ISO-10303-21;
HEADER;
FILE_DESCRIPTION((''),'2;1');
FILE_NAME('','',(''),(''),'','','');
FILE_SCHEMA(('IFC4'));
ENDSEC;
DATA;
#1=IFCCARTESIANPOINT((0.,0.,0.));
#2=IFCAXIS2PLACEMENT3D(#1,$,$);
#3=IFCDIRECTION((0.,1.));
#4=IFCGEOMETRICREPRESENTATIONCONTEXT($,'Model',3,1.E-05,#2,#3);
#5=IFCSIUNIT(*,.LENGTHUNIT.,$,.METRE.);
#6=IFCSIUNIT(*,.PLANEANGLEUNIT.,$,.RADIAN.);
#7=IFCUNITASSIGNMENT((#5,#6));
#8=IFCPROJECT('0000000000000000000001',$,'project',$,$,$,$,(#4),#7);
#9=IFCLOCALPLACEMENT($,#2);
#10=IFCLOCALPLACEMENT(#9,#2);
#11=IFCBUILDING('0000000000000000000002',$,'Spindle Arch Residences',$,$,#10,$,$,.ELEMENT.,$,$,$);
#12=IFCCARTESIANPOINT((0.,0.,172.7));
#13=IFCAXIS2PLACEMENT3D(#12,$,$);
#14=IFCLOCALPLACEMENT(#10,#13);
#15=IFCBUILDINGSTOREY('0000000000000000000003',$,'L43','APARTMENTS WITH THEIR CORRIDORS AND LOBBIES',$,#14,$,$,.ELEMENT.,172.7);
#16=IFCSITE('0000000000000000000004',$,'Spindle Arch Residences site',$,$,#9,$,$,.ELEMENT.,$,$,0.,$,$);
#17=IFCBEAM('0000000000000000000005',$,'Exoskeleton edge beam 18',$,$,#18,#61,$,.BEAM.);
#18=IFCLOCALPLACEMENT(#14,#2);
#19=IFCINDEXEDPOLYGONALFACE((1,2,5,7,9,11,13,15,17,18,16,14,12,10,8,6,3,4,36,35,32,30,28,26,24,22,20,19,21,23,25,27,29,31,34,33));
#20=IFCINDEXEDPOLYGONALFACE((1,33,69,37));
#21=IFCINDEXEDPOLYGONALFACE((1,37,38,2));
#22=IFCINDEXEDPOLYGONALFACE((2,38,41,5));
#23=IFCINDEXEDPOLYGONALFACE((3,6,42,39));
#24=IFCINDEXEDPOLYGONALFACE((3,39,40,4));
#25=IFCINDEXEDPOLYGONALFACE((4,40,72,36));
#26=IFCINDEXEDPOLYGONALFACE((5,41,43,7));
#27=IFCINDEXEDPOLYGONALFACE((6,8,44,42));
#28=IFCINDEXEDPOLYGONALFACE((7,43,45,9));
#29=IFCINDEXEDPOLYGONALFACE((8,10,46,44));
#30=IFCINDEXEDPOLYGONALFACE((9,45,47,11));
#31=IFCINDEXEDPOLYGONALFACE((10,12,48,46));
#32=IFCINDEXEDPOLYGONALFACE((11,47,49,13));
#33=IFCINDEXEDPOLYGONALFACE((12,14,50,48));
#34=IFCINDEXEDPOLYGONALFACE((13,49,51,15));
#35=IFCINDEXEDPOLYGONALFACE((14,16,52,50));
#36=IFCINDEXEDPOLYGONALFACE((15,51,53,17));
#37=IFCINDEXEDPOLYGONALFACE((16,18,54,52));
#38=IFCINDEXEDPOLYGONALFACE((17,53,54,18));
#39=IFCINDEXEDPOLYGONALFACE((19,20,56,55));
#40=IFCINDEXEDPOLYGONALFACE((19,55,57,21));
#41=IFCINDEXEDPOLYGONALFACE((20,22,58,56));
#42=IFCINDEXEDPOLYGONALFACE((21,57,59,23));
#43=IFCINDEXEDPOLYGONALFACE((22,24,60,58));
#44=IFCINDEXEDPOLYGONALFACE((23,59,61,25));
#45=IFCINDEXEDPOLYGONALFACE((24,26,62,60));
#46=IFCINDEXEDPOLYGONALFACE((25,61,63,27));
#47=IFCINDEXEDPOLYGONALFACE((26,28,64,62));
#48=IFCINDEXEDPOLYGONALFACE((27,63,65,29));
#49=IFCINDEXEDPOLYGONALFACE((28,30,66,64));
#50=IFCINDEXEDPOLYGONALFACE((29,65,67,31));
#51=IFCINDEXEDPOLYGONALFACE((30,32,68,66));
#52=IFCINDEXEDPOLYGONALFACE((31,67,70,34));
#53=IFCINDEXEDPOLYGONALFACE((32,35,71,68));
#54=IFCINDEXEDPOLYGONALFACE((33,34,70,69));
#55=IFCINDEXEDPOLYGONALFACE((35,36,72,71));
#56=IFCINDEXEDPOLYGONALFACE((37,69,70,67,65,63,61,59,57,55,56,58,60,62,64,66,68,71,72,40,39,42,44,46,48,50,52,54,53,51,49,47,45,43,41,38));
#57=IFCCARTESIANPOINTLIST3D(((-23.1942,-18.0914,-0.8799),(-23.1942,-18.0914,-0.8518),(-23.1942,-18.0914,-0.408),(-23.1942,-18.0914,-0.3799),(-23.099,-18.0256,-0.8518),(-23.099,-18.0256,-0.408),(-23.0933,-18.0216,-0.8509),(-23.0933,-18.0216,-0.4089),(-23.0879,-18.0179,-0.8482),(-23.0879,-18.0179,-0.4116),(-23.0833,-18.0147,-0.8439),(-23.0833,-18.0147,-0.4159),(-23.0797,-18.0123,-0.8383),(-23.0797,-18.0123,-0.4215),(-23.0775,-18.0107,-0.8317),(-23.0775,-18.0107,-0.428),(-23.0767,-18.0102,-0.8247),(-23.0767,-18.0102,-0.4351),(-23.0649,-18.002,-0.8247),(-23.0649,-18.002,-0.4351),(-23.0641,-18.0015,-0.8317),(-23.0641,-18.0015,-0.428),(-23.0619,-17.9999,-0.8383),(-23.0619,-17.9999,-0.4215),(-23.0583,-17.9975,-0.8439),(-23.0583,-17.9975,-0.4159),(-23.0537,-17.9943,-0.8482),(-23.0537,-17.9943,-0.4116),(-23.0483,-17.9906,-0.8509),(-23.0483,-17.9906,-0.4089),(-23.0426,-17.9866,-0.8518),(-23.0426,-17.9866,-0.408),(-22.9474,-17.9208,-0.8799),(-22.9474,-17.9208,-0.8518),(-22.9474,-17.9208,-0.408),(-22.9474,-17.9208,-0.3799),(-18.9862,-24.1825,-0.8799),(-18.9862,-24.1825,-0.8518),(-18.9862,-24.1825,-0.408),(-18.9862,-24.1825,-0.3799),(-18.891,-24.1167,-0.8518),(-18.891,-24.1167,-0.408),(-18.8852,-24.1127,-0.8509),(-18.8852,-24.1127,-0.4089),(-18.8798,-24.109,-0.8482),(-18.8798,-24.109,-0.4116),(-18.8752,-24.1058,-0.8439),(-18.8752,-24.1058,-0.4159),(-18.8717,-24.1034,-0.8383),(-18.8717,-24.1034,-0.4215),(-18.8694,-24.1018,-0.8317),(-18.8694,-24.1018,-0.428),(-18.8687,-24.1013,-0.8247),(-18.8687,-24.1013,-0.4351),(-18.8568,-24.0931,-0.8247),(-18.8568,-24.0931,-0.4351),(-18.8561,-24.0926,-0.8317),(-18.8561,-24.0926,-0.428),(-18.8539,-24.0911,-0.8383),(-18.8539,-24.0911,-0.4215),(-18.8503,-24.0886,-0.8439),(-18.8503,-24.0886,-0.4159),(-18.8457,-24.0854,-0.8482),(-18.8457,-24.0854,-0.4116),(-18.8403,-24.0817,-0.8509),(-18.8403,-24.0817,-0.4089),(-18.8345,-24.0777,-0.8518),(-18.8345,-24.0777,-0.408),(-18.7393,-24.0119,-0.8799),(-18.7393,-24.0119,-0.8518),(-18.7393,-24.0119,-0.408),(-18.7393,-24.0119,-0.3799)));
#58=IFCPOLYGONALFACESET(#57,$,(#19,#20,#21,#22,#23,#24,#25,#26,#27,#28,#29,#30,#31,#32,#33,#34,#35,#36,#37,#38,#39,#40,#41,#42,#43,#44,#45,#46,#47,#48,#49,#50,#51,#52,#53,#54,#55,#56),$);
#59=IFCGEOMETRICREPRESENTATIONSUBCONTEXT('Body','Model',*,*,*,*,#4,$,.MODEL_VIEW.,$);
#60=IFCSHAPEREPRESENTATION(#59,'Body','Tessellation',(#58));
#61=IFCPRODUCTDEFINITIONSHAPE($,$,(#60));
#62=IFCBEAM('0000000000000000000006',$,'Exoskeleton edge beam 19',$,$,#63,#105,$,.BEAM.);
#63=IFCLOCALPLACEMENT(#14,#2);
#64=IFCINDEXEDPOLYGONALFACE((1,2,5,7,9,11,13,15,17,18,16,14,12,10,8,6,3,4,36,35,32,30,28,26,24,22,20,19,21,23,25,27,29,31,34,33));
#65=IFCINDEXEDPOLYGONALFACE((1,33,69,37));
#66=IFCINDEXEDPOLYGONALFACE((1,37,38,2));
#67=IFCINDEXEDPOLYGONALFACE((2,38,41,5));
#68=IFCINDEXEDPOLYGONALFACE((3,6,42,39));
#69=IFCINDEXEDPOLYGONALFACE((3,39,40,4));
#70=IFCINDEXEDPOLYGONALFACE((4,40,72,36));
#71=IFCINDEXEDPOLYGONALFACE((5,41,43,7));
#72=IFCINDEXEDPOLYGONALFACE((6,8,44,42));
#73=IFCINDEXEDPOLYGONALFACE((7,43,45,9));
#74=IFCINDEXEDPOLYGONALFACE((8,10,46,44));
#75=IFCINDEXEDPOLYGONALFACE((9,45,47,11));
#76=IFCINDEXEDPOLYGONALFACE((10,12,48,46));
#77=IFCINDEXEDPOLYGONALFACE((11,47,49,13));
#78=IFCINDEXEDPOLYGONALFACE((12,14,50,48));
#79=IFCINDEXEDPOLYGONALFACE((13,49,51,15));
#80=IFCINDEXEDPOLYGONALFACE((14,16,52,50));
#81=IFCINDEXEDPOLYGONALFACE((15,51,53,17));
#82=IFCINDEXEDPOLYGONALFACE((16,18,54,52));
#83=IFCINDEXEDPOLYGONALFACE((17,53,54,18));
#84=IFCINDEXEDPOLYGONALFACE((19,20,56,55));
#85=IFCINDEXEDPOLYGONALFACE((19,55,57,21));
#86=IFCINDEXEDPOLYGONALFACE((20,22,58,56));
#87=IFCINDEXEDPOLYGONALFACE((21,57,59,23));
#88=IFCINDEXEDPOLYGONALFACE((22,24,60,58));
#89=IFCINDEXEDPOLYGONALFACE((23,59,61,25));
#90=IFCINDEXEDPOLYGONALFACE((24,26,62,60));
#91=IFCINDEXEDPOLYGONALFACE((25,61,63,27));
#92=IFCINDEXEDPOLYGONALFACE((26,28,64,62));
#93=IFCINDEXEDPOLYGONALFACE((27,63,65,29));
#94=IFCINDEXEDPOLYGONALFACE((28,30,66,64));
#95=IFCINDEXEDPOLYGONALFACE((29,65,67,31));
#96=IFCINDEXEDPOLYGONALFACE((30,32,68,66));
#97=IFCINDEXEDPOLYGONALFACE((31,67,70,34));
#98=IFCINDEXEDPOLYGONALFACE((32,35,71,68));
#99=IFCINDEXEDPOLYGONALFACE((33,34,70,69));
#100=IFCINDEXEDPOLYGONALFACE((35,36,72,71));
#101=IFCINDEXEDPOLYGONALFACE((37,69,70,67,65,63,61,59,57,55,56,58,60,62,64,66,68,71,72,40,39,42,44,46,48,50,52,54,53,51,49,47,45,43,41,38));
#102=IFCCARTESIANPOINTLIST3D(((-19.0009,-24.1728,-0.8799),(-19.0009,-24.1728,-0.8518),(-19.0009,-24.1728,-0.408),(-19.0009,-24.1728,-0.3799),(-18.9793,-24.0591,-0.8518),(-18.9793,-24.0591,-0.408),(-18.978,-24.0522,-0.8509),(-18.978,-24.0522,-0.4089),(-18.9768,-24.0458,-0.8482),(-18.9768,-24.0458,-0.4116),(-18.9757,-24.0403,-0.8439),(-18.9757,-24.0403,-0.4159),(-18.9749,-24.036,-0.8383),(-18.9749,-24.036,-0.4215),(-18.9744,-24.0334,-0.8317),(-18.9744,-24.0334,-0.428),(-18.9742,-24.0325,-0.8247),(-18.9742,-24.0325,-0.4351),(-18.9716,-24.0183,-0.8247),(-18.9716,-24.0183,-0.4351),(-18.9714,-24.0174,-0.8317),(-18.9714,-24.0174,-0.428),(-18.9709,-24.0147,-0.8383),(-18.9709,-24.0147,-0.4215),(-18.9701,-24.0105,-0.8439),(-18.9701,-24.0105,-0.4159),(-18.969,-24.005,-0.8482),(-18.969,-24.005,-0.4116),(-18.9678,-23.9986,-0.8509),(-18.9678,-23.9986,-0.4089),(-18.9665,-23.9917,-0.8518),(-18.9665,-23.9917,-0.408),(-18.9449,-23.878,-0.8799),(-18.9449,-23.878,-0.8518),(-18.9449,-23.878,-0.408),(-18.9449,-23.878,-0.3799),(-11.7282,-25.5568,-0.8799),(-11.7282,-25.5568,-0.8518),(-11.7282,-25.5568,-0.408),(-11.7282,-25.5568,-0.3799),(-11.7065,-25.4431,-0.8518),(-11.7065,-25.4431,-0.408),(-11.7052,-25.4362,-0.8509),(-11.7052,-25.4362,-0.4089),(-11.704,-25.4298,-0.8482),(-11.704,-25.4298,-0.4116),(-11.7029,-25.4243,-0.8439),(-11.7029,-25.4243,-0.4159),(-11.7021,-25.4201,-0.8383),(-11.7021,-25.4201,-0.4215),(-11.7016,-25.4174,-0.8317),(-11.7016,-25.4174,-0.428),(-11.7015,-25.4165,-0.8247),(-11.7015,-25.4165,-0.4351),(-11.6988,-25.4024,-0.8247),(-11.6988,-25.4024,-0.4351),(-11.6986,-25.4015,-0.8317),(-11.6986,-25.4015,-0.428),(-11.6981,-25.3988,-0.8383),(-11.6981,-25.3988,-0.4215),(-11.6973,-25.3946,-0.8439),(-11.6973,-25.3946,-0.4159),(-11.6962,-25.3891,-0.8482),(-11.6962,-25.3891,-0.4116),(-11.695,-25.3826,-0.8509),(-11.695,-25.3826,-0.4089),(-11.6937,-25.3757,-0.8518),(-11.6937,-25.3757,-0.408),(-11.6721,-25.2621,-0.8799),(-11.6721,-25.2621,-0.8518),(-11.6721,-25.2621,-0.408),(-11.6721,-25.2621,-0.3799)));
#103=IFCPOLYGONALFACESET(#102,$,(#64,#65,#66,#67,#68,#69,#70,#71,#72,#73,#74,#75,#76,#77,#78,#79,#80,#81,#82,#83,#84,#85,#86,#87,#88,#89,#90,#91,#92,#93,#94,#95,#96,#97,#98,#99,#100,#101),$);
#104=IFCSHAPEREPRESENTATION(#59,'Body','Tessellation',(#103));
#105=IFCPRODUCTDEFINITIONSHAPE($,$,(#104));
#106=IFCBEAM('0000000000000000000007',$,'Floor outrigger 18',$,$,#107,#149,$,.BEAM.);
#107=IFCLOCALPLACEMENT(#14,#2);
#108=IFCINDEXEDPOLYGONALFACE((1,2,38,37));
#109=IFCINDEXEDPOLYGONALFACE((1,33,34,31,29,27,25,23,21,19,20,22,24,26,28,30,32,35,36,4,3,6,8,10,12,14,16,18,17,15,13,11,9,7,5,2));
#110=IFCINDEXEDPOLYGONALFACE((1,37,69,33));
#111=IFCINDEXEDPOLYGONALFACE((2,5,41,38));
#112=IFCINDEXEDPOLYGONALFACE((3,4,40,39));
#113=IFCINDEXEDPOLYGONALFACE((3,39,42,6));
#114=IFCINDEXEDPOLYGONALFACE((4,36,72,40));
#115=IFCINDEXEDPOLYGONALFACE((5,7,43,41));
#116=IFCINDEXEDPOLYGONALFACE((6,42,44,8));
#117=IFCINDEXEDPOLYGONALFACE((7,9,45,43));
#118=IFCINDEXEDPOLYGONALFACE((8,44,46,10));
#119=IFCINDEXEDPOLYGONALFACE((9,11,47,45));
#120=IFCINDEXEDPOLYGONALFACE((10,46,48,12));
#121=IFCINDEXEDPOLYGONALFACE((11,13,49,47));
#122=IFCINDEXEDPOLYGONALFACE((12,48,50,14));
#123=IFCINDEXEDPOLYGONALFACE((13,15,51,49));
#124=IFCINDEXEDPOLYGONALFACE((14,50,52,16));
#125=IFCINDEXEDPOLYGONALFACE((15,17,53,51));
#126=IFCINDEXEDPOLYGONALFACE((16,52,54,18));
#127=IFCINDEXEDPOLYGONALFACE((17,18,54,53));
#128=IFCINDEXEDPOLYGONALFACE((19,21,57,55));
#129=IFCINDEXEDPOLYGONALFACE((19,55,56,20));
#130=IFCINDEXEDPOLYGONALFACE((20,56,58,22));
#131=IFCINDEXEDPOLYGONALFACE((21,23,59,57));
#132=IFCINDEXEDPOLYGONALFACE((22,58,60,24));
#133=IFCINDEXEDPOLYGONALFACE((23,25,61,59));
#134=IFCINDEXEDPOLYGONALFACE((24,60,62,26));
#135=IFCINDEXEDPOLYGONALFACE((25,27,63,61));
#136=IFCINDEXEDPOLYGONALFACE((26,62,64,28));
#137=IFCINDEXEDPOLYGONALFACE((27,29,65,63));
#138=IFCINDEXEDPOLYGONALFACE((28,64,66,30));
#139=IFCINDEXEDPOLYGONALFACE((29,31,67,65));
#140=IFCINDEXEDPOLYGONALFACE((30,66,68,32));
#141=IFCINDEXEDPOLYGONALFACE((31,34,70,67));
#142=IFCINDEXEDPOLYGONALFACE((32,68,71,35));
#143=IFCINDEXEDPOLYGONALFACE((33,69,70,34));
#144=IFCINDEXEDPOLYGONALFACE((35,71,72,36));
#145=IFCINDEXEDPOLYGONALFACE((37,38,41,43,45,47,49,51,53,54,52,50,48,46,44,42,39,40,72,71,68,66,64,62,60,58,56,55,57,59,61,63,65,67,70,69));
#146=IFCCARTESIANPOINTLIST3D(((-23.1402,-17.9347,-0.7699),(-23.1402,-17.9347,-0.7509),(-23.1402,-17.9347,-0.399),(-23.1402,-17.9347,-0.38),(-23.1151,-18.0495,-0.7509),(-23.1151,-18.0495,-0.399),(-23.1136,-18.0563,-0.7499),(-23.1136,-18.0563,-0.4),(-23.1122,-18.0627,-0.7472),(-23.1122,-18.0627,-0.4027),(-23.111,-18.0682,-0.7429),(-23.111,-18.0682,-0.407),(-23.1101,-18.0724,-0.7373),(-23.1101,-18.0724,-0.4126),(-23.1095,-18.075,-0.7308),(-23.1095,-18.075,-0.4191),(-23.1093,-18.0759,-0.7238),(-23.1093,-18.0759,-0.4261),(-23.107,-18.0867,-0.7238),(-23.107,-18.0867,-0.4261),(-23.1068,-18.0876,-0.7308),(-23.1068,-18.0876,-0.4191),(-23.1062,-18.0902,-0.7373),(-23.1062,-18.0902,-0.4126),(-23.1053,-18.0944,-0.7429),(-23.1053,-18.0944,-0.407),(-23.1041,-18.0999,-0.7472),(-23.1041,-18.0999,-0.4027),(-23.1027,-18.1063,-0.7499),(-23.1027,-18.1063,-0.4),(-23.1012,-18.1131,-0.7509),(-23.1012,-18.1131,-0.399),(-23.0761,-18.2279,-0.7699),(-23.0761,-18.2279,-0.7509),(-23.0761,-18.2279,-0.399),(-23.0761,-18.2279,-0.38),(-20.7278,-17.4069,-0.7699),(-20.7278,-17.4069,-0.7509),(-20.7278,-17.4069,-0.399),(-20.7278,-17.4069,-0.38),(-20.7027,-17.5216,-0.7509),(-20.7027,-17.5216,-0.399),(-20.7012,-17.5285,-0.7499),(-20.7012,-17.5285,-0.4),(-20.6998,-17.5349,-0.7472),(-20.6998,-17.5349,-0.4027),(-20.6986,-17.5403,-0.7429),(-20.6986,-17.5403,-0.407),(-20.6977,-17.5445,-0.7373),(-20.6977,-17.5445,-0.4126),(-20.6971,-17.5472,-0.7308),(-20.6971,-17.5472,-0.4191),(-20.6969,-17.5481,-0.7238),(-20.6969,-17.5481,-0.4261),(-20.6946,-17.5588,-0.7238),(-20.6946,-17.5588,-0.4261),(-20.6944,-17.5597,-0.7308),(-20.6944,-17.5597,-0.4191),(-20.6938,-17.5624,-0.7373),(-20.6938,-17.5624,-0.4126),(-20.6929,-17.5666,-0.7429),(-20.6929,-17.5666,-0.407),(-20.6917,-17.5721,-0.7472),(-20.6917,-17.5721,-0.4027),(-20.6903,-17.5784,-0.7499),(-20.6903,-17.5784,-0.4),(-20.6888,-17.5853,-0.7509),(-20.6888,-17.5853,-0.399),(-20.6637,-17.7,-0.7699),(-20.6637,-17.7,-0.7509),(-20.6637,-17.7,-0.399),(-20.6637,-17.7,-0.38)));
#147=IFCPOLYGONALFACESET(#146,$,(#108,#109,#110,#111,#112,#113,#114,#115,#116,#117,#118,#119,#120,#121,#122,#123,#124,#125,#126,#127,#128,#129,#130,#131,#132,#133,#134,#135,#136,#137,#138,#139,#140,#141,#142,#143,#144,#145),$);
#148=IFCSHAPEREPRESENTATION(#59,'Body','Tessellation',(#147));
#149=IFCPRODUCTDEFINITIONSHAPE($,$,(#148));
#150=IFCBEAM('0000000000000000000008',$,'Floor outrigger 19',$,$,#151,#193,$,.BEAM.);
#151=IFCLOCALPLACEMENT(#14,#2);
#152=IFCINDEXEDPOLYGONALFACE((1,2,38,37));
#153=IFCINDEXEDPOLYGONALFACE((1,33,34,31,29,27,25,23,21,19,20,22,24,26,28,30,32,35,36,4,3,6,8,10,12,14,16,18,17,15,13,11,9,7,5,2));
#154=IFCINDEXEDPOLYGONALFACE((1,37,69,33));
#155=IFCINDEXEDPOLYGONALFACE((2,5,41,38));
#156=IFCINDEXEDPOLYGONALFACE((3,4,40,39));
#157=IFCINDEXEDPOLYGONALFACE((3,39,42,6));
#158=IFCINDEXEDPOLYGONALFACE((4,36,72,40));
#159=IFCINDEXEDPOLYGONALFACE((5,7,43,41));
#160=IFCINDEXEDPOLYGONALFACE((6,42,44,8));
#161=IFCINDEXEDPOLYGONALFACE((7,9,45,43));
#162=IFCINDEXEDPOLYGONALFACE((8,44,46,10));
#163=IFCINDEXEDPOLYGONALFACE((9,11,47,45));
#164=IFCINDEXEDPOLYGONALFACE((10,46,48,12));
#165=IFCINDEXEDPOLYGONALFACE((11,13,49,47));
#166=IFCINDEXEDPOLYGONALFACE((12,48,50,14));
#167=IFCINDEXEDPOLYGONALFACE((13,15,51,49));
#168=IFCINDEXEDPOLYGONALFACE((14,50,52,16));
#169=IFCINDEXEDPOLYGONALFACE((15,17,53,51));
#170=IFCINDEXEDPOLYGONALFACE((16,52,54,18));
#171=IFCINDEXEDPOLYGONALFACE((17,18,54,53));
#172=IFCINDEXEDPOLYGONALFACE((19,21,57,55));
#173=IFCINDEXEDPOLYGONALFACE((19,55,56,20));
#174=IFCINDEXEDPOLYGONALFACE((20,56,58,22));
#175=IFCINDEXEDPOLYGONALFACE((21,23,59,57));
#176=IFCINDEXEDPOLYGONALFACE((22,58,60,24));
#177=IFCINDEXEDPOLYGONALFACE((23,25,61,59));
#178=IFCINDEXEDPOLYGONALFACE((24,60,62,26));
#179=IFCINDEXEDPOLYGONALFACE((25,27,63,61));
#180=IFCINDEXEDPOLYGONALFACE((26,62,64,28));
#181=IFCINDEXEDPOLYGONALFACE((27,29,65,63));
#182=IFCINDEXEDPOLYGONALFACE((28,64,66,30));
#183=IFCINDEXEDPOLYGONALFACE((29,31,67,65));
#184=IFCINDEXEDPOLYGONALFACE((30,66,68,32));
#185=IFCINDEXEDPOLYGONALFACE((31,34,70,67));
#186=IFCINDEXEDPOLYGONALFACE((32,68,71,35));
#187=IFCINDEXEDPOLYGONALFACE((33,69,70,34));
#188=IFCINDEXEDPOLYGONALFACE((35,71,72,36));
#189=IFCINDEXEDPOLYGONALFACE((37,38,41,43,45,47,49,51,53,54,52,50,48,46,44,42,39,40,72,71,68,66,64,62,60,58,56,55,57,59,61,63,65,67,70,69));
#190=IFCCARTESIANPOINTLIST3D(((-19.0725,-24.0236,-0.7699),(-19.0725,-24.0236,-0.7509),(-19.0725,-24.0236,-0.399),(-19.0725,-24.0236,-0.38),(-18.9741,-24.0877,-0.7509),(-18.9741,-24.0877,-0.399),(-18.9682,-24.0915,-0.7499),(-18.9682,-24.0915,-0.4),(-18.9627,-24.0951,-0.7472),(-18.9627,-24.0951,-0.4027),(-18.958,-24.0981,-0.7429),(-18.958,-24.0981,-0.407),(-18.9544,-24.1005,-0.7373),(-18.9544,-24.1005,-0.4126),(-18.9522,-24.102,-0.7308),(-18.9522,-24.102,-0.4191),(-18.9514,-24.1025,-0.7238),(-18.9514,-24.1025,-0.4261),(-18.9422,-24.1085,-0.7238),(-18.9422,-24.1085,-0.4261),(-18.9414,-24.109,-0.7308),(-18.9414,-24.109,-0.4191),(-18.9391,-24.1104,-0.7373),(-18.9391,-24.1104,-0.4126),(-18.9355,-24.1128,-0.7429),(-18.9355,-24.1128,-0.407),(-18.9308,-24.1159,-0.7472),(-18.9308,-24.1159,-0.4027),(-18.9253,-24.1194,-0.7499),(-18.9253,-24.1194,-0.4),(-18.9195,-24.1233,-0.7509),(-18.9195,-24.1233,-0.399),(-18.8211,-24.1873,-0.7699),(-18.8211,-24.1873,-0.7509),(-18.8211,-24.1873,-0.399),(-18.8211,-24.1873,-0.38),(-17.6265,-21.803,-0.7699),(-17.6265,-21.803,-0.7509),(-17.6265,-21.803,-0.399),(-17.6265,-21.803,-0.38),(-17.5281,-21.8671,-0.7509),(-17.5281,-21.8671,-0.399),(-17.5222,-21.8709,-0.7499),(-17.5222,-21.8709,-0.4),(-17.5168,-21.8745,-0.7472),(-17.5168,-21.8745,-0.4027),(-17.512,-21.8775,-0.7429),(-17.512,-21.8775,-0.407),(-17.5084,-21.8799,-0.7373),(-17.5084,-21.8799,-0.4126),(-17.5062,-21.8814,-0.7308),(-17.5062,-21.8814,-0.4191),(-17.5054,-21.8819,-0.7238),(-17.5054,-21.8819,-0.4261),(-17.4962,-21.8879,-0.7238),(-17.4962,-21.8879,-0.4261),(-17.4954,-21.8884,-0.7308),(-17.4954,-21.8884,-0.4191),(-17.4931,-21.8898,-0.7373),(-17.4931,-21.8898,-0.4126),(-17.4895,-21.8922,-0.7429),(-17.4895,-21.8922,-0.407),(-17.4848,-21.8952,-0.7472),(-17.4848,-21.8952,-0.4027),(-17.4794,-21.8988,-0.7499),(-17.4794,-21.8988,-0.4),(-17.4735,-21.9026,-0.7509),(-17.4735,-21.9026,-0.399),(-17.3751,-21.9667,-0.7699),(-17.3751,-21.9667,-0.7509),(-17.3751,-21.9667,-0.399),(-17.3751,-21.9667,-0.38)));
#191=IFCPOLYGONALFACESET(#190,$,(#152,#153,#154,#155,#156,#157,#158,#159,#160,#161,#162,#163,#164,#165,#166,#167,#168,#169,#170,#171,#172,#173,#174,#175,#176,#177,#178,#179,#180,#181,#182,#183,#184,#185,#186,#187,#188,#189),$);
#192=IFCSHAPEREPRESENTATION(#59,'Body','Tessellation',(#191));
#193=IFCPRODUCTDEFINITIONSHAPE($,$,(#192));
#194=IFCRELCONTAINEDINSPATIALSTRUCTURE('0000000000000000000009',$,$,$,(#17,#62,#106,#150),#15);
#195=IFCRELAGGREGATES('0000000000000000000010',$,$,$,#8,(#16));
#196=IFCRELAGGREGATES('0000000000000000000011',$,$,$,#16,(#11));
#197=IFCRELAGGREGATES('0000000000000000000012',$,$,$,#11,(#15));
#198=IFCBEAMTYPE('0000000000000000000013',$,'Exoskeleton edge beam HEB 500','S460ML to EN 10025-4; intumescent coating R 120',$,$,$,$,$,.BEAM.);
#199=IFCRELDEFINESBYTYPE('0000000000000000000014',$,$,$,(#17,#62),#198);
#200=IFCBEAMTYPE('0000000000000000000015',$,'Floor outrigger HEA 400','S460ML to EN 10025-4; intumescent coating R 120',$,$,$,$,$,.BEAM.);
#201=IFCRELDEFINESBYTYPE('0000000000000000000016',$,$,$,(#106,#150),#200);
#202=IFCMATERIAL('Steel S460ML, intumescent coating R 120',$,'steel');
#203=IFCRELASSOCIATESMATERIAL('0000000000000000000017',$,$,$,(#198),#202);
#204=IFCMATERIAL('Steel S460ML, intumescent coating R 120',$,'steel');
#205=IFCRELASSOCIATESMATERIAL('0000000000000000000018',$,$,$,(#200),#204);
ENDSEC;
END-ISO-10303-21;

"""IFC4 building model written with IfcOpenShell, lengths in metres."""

from ifc_helpers import new_model, si_unit, direction, frame, origin, origin_2d, place, context, subcontext, project, spatial, i_section, extrude, material, material_profile, profile_set, type_object, element, save


model = new_model("IFC4")

# Units and contexts
model_context = context("Model", 3, precision=1e-05, world=origin(), true_north=direction((0.0, 1.0)))
body_context = subcontext(model_context, "Body", "Model", "MODEL_VIEW")
ifc_project = project(units=[si_unit("LENGTHUNIT", "METRE"), si_unit("PLANEANGLEUNIT", "RADIAN")], contexts=[model_context])

# Site, building, storey
site_placement = place(None, origin())
site = spatial("IfcSite", under=ifc_project, at=site_placement, Name="Spindle Arch Residences site", CompositionType="ELEMENT", RefElevation=0.0)
building_placement = place(site_placement, origin())
building = spatial("IfcBuilding", under=site, at=building_placement, Name="Spindle Arch Residences", CompositionType="ELEMENT")
storey_placement = place(building_placement, frame((0.0, 0.0, 172.7)))
storey = spatial("IfcBuildingStorey", under=building, at=storey_placement, Name="L43", Description="APARTMENTS WITH THEIR CORRIDORS AND LOBBIES", CompositionType="ELEMENT", Elevation=172.7)

# Beams
ifc_material_1 = material(Name="Steel S460ML, intumescent coating R 120", Category="steel")
ifc_material_profile_1 = material_profile(ifc_material_1, i_section(OverallWidth=0.3, OverallDepth=0.5, WebThickness=0.0144, FlangeThickness=0.0281, FilletRadius=0.0271, at=origin_2d()), Name="HEB 500")
ifc_profile_set_1 = profile_set([ifc_material_profile_1], Name="Steel S460ML, intumescent coating R 120")
beam_type_1 = type_object("IfcBeamType", Name="Exoskeleton edge beam HEB 500", Description="S460ML to EN 10025-4; intumescent coating R 120", PredefinedType="BEAM", material=ifc_profile_set_1)
for number, where, z_axis, x_axis, name in (
    (1, (-23.0708, -18.0061, -0.6299), (0.568399, -0.822753, 0.0), (0.822753, 0.568399, 0.0), "Exoskeleton edge beam 18"),
    (2, (-18.9729, -24.0254, -0.6299), (0.982369, -0.18695, 0.0), (0.18695, 0.982369, 0.0), "Exoskeleton edge beam 19"),
):
    element("IfcBeam", number, at=place(storey_placement, frame(where, z_axis=z_axis, x_axis=x_axis)), inside=storey, type_object=beam_type_1, Name=name, PredefinedType="BEAM", context=body_context, shape_type="SweptSolid", body=[
        extrude(i_section(OverallWidth=0.3, OverallDepth=0.5, WebThickness=0.0144, FlangeThickness=0.0281, FilletRadius=0.0271, at=origin_2d()), origin(), (0.0, 0.0, 1.0), 7.4033),
    ])
ifc_material_2 = material(Name="Steel S460ML, intumescent coating R 120", Category="steel")
ifc_material_profile_2 = material_profile(ifc_material_2, i_section(OverallWidth=0.3, OverallDepth=0.3899, WebThickness=0.011, FlangeThickness=0.019, FilletRadius=0.0271, at=origin_2d()), Name="HEA 400")
ifc_profile_set_2 = profile_set([ifc_material_profile_2], Name="Steel S460ML, intumescent coating R 120")
beam_type_2 = type_object("IfcBeamType", Name="Floor outrigger HEA 400", Description="S460ML to EN 10025-4; intumescent coating R 120", PredefinedType="BEAM", material=ifc_profile_set_2)
beam_1_placement = place(storey_placement, frame((-23.1082, -18.0813, -0.575), z_axis=(0.976889, 0.213747, 0.0), x_axis=(-0.213747, 0.976889, 0.0)))
element("IfcBeam", 3, at=beam_1_placement, inside=storey, type_object=beam_type_2, Name="Floor outrigger 18", PredefinedType="BEAM", context=body_context, shape_type="SweptSolid", body=[
    extrude(i_section(OverallWidth=0.3, OverallDepth=0.3899, WebThickness=0.011, FlangeThickness=0.019, FilletRadius=0.0271, at=origin_2d()), origin(), (0.0, 0.0, 1.0), 2.4695),
])
beam_2_placement = place(storey_placement, frame((-18.9468, -24.1055, -0.575), z_axis=(0.545675, 0.837997, 0.0), x_axis=(-0.837997, 0.545675, 0.0)))
element("IfcBeam", 4, at=beam_2_placement, inside=storey, type_object=beam_type_2, Name="Floor outrigger 19", PredefinedType="BEAM", context=body_context, shape_type="SweptSolid", body=[
    extrude(i_section(OverallWidth=0.3, OverallDepth=0.3899, WebThickness=0.011, FlangeThickness=0.019, FilletRadius=0.0271, at=origin_2d()), origin(), (0.0, 0.0, 1.0), 2.6499),
])

save(model, "model.ifc")
